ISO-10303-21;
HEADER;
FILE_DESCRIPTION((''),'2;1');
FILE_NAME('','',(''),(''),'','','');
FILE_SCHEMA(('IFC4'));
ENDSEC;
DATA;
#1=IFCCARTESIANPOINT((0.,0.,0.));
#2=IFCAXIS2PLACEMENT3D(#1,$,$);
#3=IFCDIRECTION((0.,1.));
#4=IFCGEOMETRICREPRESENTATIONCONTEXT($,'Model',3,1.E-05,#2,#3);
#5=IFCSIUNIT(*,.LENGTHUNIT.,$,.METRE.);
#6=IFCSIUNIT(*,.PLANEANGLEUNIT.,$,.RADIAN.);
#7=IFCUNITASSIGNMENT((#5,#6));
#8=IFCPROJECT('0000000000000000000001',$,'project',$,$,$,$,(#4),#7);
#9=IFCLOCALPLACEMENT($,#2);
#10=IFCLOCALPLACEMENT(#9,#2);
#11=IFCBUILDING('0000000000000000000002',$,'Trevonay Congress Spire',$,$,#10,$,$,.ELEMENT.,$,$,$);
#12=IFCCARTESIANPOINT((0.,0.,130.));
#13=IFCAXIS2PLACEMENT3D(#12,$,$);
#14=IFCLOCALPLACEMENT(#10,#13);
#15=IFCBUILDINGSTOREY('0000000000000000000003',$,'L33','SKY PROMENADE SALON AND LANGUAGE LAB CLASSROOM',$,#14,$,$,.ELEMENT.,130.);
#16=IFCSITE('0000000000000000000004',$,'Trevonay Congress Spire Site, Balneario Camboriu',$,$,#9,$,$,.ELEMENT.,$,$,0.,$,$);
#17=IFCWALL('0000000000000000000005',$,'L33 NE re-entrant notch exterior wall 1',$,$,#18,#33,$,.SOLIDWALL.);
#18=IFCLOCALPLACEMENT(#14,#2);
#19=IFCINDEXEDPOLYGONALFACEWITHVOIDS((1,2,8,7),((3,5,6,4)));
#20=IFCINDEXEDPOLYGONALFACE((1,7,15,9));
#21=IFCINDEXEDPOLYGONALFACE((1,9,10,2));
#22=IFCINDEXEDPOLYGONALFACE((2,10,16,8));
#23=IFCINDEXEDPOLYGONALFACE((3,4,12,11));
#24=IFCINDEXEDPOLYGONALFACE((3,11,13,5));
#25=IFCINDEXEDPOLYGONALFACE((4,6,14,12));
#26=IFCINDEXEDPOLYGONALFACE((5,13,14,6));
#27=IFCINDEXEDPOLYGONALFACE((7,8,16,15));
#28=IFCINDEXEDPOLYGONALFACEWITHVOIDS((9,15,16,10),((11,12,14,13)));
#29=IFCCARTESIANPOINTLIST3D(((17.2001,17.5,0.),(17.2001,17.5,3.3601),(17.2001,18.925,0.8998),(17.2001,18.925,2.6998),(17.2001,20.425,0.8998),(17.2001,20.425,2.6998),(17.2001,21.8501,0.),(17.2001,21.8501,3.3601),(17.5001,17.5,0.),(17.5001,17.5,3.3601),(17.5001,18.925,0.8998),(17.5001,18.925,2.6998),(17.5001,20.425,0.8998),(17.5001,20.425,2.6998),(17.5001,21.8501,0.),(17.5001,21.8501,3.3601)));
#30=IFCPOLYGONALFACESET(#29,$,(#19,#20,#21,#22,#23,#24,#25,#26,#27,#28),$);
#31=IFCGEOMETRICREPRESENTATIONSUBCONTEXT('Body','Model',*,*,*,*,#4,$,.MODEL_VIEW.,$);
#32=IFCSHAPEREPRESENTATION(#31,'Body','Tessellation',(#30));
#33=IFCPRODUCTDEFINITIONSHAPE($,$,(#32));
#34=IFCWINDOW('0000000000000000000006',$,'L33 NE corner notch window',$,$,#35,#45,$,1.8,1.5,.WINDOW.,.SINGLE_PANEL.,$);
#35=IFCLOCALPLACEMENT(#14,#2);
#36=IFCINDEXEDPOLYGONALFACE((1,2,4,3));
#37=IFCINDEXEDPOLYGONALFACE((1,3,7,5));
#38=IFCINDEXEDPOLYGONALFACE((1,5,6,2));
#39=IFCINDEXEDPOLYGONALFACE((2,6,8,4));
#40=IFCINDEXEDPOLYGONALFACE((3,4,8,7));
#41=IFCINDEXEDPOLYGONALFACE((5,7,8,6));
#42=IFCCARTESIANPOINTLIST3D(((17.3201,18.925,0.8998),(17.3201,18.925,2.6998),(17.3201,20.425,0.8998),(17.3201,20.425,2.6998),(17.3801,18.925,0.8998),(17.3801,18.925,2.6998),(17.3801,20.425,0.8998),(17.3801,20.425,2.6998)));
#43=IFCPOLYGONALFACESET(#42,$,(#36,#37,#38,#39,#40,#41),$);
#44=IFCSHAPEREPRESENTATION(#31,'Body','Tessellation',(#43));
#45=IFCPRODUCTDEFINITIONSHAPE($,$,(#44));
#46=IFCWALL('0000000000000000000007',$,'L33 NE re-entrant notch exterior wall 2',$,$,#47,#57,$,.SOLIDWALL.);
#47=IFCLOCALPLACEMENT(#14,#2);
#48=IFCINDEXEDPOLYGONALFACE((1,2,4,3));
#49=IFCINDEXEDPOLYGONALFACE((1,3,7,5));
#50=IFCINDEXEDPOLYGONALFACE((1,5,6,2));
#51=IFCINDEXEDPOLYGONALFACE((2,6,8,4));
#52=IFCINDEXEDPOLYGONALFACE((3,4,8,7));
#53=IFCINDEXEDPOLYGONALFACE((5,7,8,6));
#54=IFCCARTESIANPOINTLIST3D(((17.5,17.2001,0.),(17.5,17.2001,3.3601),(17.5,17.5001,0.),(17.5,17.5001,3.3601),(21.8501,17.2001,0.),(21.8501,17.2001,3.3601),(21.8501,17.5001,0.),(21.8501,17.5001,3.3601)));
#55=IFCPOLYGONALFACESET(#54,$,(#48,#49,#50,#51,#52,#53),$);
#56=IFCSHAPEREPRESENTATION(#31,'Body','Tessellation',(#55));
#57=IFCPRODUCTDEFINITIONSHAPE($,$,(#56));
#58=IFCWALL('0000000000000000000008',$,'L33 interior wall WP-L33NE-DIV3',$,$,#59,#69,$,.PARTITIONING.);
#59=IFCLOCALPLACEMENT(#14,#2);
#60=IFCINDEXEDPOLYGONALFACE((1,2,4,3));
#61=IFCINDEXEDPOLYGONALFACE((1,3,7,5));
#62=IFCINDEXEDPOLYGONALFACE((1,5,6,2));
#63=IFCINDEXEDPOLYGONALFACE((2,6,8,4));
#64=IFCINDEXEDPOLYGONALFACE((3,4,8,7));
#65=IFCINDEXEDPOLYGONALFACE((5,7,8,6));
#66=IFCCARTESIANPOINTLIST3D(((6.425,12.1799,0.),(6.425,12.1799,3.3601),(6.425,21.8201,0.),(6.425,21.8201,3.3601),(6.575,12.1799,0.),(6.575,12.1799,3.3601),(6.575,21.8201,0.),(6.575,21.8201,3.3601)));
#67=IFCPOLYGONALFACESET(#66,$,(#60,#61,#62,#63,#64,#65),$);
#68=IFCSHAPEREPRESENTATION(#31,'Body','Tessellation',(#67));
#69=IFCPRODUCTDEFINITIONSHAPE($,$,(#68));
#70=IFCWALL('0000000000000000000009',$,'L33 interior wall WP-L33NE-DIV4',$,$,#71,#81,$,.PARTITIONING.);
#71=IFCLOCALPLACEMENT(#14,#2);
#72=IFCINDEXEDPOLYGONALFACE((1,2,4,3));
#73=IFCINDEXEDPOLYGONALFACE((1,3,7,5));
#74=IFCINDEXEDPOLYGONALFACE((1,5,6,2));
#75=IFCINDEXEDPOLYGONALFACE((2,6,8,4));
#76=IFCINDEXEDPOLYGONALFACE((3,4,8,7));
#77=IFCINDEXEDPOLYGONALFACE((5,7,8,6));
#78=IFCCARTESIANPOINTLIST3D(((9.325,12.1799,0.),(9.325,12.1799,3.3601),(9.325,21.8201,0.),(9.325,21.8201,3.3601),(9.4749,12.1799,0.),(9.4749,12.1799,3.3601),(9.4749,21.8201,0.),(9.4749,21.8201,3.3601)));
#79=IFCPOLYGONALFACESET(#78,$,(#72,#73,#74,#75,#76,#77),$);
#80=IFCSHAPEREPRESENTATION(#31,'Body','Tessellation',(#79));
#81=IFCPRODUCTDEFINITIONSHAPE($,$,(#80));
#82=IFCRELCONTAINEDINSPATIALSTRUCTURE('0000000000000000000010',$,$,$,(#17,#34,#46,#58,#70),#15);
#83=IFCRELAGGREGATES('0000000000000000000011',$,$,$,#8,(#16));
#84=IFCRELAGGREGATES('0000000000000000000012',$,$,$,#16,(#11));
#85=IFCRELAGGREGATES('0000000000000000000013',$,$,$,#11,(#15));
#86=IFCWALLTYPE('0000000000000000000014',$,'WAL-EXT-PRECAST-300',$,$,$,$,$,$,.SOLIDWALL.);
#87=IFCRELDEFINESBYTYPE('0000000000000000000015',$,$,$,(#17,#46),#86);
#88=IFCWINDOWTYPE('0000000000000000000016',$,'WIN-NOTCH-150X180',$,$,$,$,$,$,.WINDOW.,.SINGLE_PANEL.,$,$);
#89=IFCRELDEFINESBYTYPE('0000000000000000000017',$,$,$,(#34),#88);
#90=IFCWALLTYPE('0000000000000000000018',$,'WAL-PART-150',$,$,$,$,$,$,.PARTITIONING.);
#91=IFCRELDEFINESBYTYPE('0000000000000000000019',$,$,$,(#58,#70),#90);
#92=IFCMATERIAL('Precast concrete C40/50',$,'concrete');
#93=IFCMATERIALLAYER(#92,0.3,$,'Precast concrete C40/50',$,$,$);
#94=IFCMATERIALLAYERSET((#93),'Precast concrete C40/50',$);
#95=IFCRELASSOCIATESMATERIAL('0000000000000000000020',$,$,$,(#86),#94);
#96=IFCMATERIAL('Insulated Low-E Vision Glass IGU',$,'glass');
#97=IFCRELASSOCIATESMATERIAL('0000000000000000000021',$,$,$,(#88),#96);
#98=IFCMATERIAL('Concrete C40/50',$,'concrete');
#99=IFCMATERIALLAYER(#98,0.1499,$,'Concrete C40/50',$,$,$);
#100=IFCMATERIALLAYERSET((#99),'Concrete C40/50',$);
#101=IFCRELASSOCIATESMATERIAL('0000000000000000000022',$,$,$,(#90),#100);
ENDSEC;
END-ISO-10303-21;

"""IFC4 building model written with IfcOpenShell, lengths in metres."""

from ifc_helpers import new_model, si_unit, direction, frame, frame_2d, origin, place, context, subcontext, project, spatial, rectangle, extrude, material, layer, layer_set, type_object, element, fill, save


model = new_model("IFC4")

# Units and contexts
model_context = context("Model", 3, precision=1e-05, world=origin(), true_north=direction((0.0, 1.0)))
body_context = subcontext(model_context, "Body", "Model", "MODEL_VIEW")
ifc_project = project(units=[si_unit("LENGTHUNIT", "METRE"), si_unit("PLANEANGLEUNIT", "RADIAN")], contexts=[model_context])

# Site, building, storey
site_placement = place(None, origin())
site = spatial("IfcSite", under=ifc_project, at=site_placement, Name="Trevonay Congress Spire Site, Balneario Camboriu", CompositionType="ELEMENT", RefElevation=0.0)
building_placement = place(site_placement, origin())
building = spatial("IfcBuilding", under=site, at=building_placement, Name="Trevonay Congress Spire", CompositionType="ELEMENT")
storey_placement = place(building_placement, frame((0.0, 0.0, 130.0)))
storey = spatial("IfcBuildingStorey", under=building, at=storey_placement, Name="L33", Description="SKY PROMENADE SALON AND LANGUAGE LAB CLASSROOM", CompositionType="ELEMENT", Elevation=130.0)

# Shared definitions
ifc_material_1 = material(Name="Insulated Low-E Vision Glass IGU", Category="glass")

# Wall, opening, window
ifc_material_2 = material(Name="Precast concrete C40/50", Category="concrete")
ifc_layer_1 = layer(ifc_material_2, 0.3, Name="Precast concrete C40/50")
ifc_layer_set_1 = layer_set([ifc_layer_1], Name="Precast concrete C40/50")
wall_type_1 = type_object("IfcWallType", Name="WAL-EXT-PRECAST-300", PredefinedType="SOLIDWALL", material=ifc_layer_set_1)
wall_1_placement = place(storey_placement, frame((17.3501, 21.8501, 0.0), z_axis=(0.0, 0.0, 1.0), x_axis=(0.0, -1.0, 0.0)))
wall_1 = element("IfcWall", 1, at=wall_1_placement, inside=storey, type_object=wall_type_1, Name="L33 NE re-entrant notch exterior wall 1", PredefinedType="SOLIDWALL", context=body_context, shape_type="SweptSolid", body=[
    extrude(rectangle(XDim=4.3501, YDim=0.3, at=frame_2d((2.175, 0.0))), origin(), (0.0, 0.0, 1.0), 3.3601),
])
opening_placement = place(wall_1_placement, frame((1.425, 0.0, 0.8999)))
opening = element("IfcOpeningElement", 2, at=opening_placement, cuts=wall_1, PredefinedType="OPENING", context=body_context, shape_type="SweptSolid", body=[
    extrude(rectangle(XDim=1.5, YDim=1.8, at=frame_2d((0.75, 0.8999))), frame((0.0, 0.1602, 0.0), z_axis=(0.0, -1.0, 0.0), x_axis=(1.0, 0.0, 0.0)), (0.0, 0.0, 1.0), 0.3201),
])
window_type = type_object("IfcWindowType", Name="WIN-NOTCH-150X180", PartitioningType="SINGLE_PANEL", PredefinedType="WINDOW", material=ifc_material_1)
window_placement = place(opening_placement, origin())
window = element("IfcWindow", 3, at=window_placement, inside=storey, type_object=window_type, Name="L33 NE corner notch window", OverallHeight=1.8, OverallWidth=1.5, PartitioningType="SINGLE_PANEL", PredefinedType="WINDOW", context=body_context, shape_type="SweptSolid", body=[
    extrude(rectangle(XDim=1.5, YDim=1.8, at=frame_2d((0.75, 0.8999))), frame((0.0, 0.03, 0.0), z_axis=(0.0, -1.0, 0.0), x_axis=(1.0, 0.0, 0.0)), (0.0, 0.0, 1.0), 0.0601),
])
fill(opening, window)

# Walls
wall_2_placement = place(storey_placement, frame((21.8501, 17.3501, 0.0), z_axis=(0.0, 0.0, 1.0), x_axis=(-1.0, 0.0, 0.0)))
element("IfcWall", 4, at=wall_2_placement, inside=storey, type_object=wall_type_1, Name="L33 NE re-entrant notch exterior wall 2", PredefinedType="SOLIDWALL", context=body_context, shape_type="SweptSolid", body=[
    extrude(rectangle(XDim=4.3501, YDim=0.3, at=frame_2d((2.175, 0.0))), origin(), (0.0, 0.0, 1.0), 3.3601),
])
ifc_material_3 = material(Name="Concrete C40/50", Category="concrete")
ifc_layer_2 = layer(ifc_material_3, 0.1499, Name="Concrete C40/50")
ifc_layer_set_2 = layer_set([ifc_layer_2], Name="Concrete C40/50")
wall_type_2 = type_object("IfcWallType", Name="WAL-PART-150", PredefinedType="PARTITIONING", material=ifc_layer_set_2)
for number, where, z_axis, x_axis, name in (
    (5, (6.5, 12.1799, 0.0), (0.0, 0.0, 1.0), (0.0, 1.0, 0.0), "L33 interior wall WP-L33NE-DIV3"),
    (6, (9.3999, 12.1799, 0.0), (0.0, 0.0, 1.0), (0.0, 1.0, 0.0), "L33 interior wall WP-L33NE-DIV4"),
):
    element("IfcWall", number, at=place(storey_placement, frame(where, z_axis=z_axis, x_axis=x_axis)), inside=storey, type_object=wall_type_2, Name=name, PredefinedType="PARTITIONING", context=body_context, shape_type="SweptSolid", body=[
        extrude(rectangle(XDim=9.6401, YDim=0.1499, at=frame_2d((4.8201, 0.0))), origin(), (0.0, 0.0, 1.0), 3.3601),
    ])

save(model, "model.ifc")
